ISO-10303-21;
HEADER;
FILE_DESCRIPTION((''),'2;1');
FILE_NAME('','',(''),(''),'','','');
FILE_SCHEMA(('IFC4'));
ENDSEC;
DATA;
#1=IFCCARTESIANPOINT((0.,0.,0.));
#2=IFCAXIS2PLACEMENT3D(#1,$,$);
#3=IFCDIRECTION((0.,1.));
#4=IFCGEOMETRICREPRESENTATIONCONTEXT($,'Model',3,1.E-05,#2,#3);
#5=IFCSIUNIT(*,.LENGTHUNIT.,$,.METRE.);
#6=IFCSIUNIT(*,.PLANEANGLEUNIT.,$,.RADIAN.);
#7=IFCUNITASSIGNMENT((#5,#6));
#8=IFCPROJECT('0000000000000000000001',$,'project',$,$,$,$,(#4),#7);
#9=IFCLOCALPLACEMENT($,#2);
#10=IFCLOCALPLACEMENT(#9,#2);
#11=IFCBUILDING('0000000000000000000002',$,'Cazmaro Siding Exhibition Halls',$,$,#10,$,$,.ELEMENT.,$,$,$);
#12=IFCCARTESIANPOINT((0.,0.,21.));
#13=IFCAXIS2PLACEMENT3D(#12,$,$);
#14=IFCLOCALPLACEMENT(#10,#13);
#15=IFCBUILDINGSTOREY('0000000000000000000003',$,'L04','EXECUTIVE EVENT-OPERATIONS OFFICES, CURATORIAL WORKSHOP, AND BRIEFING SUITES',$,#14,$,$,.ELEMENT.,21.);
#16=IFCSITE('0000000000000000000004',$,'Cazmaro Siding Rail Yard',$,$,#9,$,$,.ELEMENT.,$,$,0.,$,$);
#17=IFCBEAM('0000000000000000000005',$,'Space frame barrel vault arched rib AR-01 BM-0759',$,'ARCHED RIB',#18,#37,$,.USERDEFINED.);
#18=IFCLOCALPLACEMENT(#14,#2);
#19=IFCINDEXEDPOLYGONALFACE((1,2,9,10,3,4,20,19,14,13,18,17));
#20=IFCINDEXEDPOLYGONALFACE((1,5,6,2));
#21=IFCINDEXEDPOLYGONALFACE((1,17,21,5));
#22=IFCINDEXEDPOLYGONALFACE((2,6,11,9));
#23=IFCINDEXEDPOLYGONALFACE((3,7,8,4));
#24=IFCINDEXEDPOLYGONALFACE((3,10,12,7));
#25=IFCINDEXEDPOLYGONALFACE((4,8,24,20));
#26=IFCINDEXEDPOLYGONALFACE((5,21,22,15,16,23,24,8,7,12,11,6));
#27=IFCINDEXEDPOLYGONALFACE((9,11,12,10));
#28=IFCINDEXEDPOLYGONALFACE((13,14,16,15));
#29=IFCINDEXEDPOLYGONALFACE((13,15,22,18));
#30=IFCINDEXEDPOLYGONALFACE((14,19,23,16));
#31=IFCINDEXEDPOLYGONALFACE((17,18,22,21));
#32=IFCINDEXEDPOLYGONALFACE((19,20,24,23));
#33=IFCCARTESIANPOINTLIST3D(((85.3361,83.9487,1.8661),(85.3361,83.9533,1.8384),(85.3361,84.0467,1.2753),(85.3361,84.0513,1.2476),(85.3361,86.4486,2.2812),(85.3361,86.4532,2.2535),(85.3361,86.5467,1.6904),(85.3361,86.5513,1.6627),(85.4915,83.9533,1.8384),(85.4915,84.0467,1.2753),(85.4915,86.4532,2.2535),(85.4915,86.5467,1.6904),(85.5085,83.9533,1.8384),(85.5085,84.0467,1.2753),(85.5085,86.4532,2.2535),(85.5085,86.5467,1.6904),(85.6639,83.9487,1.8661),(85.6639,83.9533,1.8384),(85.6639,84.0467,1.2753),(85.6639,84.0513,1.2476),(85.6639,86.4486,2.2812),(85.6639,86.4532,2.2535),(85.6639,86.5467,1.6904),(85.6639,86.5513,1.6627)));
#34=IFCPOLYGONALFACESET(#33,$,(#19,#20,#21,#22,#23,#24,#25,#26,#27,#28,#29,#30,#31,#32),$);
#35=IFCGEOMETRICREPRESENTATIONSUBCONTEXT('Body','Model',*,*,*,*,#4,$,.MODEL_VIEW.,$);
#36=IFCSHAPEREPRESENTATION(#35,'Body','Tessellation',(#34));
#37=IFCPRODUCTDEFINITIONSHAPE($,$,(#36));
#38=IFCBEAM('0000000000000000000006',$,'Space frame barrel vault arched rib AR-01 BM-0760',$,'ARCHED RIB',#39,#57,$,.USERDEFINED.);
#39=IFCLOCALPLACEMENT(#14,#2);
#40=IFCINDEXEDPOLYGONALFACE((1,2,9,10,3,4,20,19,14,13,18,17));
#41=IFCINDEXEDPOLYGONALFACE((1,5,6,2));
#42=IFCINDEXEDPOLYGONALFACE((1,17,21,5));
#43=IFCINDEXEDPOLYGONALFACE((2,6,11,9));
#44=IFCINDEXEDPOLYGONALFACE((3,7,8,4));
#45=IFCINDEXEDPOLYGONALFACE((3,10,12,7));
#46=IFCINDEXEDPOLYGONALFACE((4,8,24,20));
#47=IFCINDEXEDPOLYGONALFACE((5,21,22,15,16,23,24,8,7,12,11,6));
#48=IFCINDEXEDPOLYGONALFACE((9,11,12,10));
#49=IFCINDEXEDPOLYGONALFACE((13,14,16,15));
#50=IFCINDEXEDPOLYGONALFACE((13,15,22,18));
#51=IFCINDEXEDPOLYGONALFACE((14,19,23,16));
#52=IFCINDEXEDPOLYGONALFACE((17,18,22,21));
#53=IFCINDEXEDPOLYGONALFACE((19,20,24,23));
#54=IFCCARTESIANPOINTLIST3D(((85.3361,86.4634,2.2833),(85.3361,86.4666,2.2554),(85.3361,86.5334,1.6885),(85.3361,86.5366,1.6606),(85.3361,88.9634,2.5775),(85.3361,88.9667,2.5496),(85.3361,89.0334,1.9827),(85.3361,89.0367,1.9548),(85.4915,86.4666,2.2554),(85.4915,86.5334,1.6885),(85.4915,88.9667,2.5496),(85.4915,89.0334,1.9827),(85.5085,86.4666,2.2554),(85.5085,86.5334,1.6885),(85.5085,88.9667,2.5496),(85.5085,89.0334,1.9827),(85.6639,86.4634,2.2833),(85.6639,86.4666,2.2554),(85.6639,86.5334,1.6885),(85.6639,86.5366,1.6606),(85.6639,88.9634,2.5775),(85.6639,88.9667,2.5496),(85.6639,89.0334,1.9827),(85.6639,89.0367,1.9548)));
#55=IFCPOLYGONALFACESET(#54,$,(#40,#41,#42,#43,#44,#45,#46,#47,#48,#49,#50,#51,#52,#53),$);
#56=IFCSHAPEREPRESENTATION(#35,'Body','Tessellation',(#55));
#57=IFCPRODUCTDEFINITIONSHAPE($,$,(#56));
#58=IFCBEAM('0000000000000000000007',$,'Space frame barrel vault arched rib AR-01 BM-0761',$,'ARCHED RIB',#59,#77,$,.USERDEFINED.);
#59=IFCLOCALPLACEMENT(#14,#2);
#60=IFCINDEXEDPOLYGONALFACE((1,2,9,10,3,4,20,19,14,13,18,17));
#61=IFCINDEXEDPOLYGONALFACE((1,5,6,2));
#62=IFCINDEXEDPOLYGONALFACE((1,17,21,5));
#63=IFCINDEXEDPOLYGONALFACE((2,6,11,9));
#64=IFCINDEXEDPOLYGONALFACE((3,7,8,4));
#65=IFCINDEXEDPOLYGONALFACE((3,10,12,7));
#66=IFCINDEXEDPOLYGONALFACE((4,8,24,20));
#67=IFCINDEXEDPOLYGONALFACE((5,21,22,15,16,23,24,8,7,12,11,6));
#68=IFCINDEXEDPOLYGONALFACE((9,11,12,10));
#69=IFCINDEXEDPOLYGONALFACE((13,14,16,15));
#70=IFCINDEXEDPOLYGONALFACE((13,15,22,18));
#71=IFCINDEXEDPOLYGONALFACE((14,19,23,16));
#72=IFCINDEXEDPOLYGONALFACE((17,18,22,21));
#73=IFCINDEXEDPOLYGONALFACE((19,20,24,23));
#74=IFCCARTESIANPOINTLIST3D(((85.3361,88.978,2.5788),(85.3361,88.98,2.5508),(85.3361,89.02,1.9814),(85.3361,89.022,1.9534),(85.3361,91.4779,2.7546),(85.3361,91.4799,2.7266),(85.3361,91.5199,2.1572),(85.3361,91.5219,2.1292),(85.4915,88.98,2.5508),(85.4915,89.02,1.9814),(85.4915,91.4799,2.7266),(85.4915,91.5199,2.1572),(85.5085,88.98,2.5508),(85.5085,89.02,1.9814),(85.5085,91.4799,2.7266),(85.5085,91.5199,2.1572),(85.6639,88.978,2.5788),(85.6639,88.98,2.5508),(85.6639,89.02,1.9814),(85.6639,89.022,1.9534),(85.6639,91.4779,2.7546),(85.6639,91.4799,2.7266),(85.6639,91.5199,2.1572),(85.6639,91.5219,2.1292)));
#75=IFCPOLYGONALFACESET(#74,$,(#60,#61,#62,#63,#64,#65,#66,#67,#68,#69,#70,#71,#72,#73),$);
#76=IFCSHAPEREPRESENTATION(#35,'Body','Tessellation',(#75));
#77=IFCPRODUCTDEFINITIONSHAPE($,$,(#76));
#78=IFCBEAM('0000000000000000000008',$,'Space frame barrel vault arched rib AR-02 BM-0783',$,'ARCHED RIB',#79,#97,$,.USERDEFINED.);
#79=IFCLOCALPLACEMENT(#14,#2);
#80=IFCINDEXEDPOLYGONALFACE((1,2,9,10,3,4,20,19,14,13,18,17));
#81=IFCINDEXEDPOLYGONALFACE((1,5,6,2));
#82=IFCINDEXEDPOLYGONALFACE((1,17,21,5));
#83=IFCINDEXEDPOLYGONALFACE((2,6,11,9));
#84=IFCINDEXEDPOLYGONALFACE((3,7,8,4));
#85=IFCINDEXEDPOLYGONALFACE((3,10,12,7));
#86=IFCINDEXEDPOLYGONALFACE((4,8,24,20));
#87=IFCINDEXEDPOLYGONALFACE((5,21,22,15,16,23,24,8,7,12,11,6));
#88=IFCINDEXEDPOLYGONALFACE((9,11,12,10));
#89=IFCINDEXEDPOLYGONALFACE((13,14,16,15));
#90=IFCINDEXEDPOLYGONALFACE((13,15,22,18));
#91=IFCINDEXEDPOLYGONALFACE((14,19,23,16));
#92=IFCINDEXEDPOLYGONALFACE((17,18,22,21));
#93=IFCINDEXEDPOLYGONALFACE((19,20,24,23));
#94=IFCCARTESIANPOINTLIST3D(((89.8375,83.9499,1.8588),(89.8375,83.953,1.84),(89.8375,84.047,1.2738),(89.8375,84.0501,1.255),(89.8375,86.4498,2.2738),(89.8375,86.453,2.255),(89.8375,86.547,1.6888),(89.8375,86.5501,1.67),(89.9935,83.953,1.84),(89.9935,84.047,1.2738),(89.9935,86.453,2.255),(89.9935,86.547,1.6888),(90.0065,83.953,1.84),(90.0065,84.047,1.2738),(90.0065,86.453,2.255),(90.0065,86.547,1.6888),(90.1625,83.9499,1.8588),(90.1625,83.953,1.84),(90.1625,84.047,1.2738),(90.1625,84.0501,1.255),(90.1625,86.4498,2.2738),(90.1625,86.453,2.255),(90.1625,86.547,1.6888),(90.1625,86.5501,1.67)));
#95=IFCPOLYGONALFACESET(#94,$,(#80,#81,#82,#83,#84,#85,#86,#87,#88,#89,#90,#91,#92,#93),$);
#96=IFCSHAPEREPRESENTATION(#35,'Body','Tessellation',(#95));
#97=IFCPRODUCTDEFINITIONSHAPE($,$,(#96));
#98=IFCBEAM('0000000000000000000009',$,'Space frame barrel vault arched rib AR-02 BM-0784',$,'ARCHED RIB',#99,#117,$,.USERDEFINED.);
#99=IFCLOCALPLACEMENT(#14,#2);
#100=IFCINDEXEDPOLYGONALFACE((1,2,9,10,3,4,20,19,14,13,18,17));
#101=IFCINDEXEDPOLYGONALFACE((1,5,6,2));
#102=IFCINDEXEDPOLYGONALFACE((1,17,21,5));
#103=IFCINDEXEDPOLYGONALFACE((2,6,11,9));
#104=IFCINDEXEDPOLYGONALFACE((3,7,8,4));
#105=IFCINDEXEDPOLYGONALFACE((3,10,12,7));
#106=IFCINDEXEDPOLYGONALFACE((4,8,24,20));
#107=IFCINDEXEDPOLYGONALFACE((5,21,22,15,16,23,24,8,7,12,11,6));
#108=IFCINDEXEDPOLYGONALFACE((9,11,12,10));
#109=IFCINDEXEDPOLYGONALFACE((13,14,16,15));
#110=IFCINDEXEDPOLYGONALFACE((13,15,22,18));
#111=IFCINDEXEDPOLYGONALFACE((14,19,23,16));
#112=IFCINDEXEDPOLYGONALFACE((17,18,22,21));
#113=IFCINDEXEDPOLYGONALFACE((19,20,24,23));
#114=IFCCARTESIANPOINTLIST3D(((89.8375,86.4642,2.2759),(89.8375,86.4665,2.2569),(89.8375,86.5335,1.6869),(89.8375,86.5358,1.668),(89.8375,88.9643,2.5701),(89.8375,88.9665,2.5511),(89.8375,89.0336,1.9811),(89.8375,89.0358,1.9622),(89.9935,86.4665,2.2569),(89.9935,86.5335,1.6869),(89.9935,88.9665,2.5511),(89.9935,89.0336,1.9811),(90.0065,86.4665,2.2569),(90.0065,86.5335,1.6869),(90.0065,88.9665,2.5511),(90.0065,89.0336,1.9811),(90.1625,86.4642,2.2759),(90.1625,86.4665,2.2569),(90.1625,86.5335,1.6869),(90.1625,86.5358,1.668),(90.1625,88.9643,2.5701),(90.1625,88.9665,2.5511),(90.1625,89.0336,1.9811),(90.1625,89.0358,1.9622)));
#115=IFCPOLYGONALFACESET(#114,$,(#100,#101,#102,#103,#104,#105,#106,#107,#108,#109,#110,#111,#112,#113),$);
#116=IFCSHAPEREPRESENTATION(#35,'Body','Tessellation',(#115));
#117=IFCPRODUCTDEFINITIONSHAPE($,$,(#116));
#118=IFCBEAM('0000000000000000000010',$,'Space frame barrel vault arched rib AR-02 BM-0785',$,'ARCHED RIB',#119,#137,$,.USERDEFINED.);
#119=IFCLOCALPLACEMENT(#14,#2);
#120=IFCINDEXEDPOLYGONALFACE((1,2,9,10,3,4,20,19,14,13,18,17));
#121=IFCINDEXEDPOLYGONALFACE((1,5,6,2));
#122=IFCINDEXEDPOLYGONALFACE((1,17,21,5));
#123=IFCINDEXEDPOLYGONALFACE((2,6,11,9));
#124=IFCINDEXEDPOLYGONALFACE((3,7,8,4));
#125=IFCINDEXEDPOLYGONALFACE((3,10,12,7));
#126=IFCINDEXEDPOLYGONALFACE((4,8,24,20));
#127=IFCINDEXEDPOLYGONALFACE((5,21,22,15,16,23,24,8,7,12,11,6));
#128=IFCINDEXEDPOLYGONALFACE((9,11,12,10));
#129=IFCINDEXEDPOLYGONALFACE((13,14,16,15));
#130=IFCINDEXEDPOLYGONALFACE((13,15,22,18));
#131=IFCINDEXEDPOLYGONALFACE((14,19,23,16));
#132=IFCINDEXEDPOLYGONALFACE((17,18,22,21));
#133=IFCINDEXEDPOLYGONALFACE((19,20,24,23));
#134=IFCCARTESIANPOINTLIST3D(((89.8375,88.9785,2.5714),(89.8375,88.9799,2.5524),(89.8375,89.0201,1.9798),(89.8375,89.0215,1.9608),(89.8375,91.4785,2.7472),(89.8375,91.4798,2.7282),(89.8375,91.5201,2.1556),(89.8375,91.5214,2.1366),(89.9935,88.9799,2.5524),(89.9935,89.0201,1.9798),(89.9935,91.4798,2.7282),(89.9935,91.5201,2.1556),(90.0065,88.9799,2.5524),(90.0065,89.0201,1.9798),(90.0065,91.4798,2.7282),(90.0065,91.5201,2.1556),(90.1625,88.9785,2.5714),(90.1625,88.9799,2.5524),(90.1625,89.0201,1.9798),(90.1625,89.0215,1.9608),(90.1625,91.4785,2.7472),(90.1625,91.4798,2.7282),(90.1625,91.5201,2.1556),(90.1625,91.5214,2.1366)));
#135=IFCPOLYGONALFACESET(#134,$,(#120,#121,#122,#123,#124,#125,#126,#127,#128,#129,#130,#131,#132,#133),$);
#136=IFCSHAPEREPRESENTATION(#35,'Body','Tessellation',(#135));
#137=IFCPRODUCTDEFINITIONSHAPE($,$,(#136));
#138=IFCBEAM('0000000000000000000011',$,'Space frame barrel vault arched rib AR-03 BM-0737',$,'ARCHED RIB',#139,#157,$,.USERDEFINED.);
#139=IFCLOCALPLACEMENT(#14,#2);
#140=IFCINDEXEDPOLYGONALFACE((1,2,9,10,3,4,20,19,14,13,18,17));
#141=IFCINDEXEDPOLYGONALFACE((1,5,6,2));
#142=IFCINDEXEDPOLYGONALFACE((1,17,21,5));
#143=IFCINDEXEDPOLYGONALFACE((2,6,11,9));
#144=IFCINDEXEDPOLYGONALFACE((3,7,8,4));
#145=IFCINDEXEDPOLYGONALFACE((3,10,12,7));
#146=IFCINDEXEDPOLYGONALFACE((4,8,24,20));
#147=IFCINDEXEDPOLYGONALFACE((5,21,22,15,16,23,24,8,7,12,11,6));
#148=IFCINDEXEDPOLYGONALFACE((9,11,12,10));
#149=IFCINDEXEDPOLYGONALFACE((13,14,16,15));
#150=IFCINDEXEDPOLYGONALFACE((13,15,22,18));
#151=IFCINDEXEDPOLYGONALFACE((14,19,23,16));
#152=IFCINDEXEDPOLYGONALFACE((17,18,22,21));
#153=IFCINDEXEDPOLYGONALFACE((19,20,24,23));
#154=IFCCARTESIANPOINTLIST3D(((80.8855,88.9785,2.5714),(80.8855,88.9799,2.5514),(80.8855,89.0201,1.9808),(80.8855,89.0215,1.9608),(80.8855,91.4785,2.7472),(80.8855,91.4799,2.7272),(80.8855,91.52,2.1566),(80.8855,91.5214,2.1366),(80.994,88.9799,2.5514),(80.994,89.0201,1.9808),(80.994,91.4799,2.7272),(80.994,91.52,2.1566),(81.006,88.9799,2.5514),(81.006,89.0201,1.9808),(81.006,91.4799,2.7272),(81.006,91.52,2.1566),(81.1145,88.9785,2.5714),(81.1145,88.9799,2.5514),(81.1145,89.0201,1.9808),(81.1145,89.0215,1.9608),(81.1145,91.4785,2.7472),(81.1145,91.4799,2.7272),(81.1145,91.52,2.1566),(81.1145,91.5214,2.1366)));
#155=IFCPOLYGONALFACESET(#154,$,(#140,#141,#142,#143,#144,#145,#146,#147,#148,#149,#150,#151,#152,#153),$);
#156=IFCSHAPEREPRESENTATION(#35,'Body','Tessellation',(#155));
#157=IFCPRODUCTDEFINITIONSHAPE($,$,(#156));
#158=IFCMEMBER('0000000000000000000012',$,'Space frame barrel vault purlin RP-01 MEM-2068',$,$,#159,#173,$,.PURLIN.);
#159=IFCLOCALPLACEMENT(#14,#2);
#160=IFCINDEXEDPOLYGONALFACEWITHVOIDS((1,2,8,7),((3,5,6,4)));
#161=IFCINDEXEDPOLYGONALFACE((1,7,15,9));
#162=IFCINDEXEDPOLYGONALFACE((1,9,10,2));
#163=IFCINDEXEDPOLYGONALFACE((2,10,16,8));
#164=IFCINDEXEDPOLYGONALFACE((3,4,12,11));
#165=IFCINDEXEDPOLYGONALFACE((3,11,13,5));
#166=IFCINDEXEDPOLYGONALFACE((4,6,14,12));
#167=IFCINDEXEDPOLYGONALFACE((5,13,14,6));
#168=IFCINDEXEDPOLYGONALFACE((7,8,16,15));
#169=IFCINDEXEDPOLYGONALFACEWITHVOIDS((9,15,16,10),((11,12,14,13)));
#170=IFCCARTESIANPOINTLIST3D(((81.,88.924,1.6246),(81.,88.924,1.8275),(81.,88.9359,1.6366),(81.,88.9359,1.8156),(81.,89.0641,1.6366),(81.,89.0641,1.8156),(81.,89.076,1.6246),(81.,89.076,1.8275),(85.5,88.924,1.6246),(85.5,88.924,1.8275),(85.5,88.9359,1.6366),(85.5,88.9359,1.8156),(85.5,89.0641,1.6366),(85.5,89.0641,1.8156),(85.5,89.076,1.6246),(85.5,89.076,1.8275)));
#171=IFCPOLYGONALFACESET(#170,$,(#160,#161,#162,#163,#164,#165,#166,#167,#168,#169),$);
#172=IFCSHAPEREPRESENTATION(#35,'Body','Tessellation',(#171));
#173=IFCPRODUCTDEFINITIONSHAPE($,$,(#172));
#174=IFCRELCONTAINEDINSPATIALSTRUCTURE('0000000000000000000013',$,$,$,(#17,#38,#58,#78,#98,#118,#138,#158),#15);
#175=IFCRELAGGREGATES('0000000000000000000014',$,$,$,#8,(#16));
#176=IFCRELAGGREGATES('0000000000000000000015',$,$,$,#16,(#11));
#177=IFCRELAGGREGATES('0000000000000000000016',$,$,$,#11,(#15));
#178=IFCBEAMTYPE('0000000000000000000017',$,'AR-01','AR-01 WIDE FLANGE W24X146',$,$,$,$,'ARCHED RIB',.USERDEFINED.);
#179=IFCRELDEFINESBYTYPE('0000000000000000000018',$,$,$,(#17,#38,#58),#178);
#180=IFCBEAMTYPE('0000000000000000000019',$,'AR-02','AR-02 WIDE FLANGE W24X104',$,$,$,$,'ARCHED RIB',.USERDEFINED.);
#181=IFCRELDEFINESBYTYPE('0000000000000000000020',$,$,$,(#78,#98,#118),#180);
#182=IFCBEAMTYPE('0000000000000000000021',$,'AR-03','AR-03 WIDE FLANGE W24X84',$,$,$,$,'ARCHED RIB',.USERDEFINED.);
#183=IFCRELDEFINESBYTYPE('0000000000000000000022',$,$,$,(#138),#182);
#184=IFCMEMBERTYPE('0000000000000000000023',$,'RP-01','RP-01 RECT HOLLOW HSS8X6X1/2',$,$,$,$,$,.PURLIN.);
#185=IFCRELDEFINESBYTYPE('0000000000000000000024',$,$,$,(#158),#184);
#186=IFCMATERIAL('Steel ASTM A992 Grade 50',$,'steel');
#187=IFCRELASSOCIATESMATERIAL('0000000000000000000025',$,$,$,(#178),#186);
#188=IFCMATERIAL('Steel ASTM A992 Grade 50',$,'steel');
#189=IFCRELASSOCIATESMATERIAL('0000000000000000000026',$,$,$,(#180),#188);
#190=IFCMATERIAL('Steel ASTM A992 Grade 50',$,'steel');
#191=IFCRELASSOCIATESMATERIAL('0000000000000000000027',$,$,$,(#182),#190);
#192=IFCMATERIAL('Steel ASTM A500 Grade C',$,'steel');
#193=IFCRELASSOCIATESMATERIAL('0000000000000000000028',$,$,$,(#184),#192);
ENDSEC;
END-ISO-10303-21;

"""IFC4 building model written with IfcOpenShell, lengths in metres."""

from ifc_helpers import new_model, si_unit, direction, frame, origin, origin_2d, place, context, subcontext, project, spatial, hollow_rectangle, i_section, extrude, material, material_profile, profile_set, type_object, element, save


model = new_model("IFC4")

# Units and contexts
model_context = context("Model", 3, precision=1e-05, world=origin(), true_north=direction((0.0, 1.0)))
body_context = subcontext(model_context, "Body", "Model", "MODEL_VIEW")
ifc_project = project(units=[si_unit("LENGTHUNIT", "METRE"), si_unit("PLANEANGLEUNIT", "RADIAN")], contexts=[model_context])

# Site, building, storey
site_placement = place(None, origin())
site = spatial("IfcSite", under=ifc_project, at=site_placement, Name="Cazmaro Siding Rail Yard", CompositionType="ELEMENT", RefElevation=0.0)
building_placement = place(site_placement, origin())
building = spatial("IfcBuilding", under=site, at=building_placement, Name="Cazmaro Siding Exhibition Halls", CompositionType="ELEMENT")
storey_placement = place(building_placement, frame((0.0, 0.0, 21.0)))
storey = spatial("IfcBuildingStorey", under=building, at=storey_placement, Name="L04", Description="EXECUTIVE EVENT-OPERATIONS OFFICES, CURATORIAL WORKSHOP, AND BRIEFING SUITES", CompositionType="ELEMENT", Elevation=21.0)

# Beams
ifc_material_1 = material(Name="Steel ASTM A992 Grade 50", Category="steel")
ifc_material_profile_1 = material_profile(ifc_material_1, i_section(OverallWidth=0.3279, OverallDepth=0.627, WebThickness=0.0171, FlangeThickness=0.0281, at=origin_2d()), Name="W24X146")
ifc_profile_set_1 = profile_set([ifc_material_profile_1], Name="Steel ASTM A992 Grade 50")
beam_type_1 = type_object("IfcBeamType", Name="AR-01", Description="AR-01 WIDE FLANGE W24X146", ElementType="ARCHED RIB", PredefinedType="USERDEFINED", material=ifc_profile_set_1)
beam_1_placement = place(storey_placement, frame((85.5, 84.0, 1.5569), z_axis=(0.0, 0.986498, 0.163774), x_axis=(-1.0, 0.0, 0.0)))
element("IfcBeam", 1, at=beam_1_placement, inside=storey, type_object=beam_type_1, Name="Space frame barrel vault arched rib AR-01 BM-0759", ObjectType="ARCHED RIB", PredefinedType="USERDEFINED", context=body_context, shape_type="SweptSolid", body=[
    extrude(i_section(OverallWidth=0.3279, OverallDepth=0.627, WebThickness=0.0171, FlangeThickness=0.0281, at=origin_2d()), origin(), (0.0, 0.0, 1.0), 2.5342),
])
beam_2_placement = place(storey_placement, frame((85.5, 86.5, 1.9719), z_axis=(0.0, 0.993147, 0.116869), x_axis=(-1.0, 0.0, 0.0)))
element("IfcBeam", 2, at=beam_2_placement, inside=storey, type_object=beam_type_1, Name="Space frame barrel vault arched rib AR-01 BM-0760", ObjectType="ARCHED RIB", PredefinedType="USERDEFINED", context=body_context, shape_type="SweptSolid", body=[
    extrude(i_section(OverallWidth=0.3279, OverallDepth=0.627, WebThickness=0.0171, FlangeThickness=0.0281, at=origin_2d()), origin(), (0.0, 0.0, 1.0), 2.5173),
])
beam_3_placement = place(storey_placement, frame((85.5, 89.0, 2.2661), z_axis=(0.0, 0.997537, 0.070139), x_axis=(-1.0, 0.0, 0.0)))
element("IfcBeam", 3, at=beam_3_placement, inside=storey, type_object=beam_type_1, Name="Space frame barrel vault arched rib AR-01 BM-0761", ObjectType="ARCHED RIB", PredefinedType="USERDEFINED", context=body_context, shape_type="SweptSolid", body=[
    extrude(i_section(OverallWidth=0.3279, OverallDepth=0.627, WebThickness=0.0171, FlangeThickness=0.0281, at=origin_2d()), origin(), (0.0, 0.0, 1.0), 2.5061),
])
ifc_material_2 = material(Name="Steel ASTM A992 Grade 50", Category="steel")
ifc_material_profile_2 = material_profile(ifc_material_2, i_section(OverallWidth=0.325, OverallDepth=0.6121, WebThickness=0.0129, FlangeThickness=0.019, at=origin_2d()), Name="W24X104")
ifc_profile_set_2 = profile_set([ifc_material_profile_2], Name="Steel ASTM A992 Grade 50")
beam_type_2 = type_object("IfcBeamType", Name="AR-02", Description="AR-02 WIDE FLANGE W24X104", ElementType="ARCHED RIB", PredefinedType="USERDEFINED", material=ifc_profile_set_2)
beam_4_placement = place(storey_placement, frame((90.0, 84.0, 1.5569), z_axis=(0.0, 0.986498, 0.163774), x_axis=(-1.0, 0.0, 0.0)))
element("IfcBeam", 4, at=beam_4_placement, inside=storey, type_object=beam_type_2, Name="Space frame barrel vault arched rib AR-02 BM-0783", ObjectType="ARCHED RIB", PredefinedType="USERDEFINED", context=body_context, shape_type="SweptSolid", body=[
    extrude(i_section(OverallWidth=0.325, OverallDepth=0.6121, WebThickness=0.0129, FlangeThickness=0.019, at=origin_2d()), origin(), (0.0, 0.0, 1.0), 2.5342),
])
beam_5_placement = place(storey_placement, frame((90.0, 86.5, 1.9719), z_axis=(0.0, 0.993147, 0.116869), x_axis=(-1.0, 0.0, 0.0)))
element("IfcBeam", 5, at=beam_5_placement, inside=storey, type_object=beam_type_2, Name="Space frame barrel vault arched rib AR-02 BM-0784", ObjectType="ARCHED RIB", PredefinedType="USERDEFINED", context=body_context, shape_type="SweptSolid", body=[
    extrude(i_section(OverallWidth=0.325, OverallDepth=0.6121, WebThickness=0.0129, FlangeThickness=0.019, at=origin_2d()), origin(), (0.0, 0.0, 1.0), 2.5173),
])
beam_6_placement = place(storey_placement, frame((90.0, 89.0, 2.2661), z_axis=(0.0, 0.997537, 0.070139), x_axis=(-1.0, 0.0, 0.0)))
element("IfcBeam", 6, at=beam_6_placement, inside=storey, type_object=beam_type_2, Name="Space frame barrel vault arched rib AR-02 BM-0785", ObjectType="ARCHED RIB", PredefinedType="USERDEFINED", context=body_context, shape_type="SweptSolid", body=[
    extrude(i_section(OverallWidth=0.325, OverallDepth=0.6121, WebThickness=0.0129, FlangeThickness=0.019, at=origin_2d()), origin(), (0.0, 0.0, 1.0), 2.5061),
])
ifc_material_3 = material(Name="Steel ASTM A992 Grade 50", Category="steel")
ifc_material_profile_3 = material_profile(ifc_material_3, i_section(OverallWidth=0.229, OverallDepth=0.6121, WebThickness=0.012, FlangeThickness=0.02, at=origin_2d()), Name="W24X84")
ifc_profile_set_3 = profile_set([ifc_material_profile_3], Name="Steel ASTM A992 Grade 50")
beam_type_3 = type_object("IfcBeamType", Name="AR-03", Description="AR-03 WIDE FLANGE W24X84", ElementType="ARCHED RIB", PredefinedType="USERDEFINED", material=ifc_profile_set_3)
beam_7_placement = place(storey_placement, frame((81.0, 89.0, 2.2661), z_axis=(0.0, 0.997537, 0.070139), x_axis=(-1.0, 0.0, 0.0)))
element("IfcBeam", 7, at=beam_7_placement, inside=storey, type_object=beam_type_3, Name="Space frame barrel vault arched rib AR-03 BM-0737", ObjectType="ARCHED RIB", PredefinedType="USERDEFINED", context=body_context, shape_type="SweptSolid", body=[
    extrude(i_section(OverallWidth=0.229, OverallDepth=0.6121, WebThickness=0.012, FlangeThickness=0.02, at=origin_2d()), origin(), (0.0, 0.0, 1.0), 2.5061),
])

# Member
ifc_material_4 = material(Name="Steel ASTM A500 Grade C", Category="steel")
ifc_material_profile_4 = material_profile(ifc_material_4, hollow_rectangle(XDim=0.1521, YDim=0.2029, WallThickness=0.012, at=origin_2d()), Name="HSS8X6X1/2")
ifc_profile_set_4 = profile_set([ifc_material_profile_4], Name="Steel ASTM A500 Grade C")
member_type_1 = type_object("IfcMemberType", Name="RP-01", Description="RP-01 RECT HOLLOW HSS8X6X1/2", PredefinedType="PURLIN", material=ifc_profile_set_4)
for number, where, z_axis, x_axis, name in (
    (8, (81.0, 89.0, 1.7261), (1.0, 0.0, 0.0), (0.0, 1.0, 0.0), "Space frame barrel vault purlin RP-01 MEM-2068"),
):
    element("IfcMember", number, at=place(storey_placement, frame(where, z_axis=z_axis, x_axis=x_axis)), inside=storey, type_object=member_type_1, Name=name, PredefinedType="PURLIN", context=body_context, shape_type="SweptSolid", body=[
        extrude(hollow_rectangle(XDim=0.1521, YDim=0.2029, WallThickness=0.012, at=origin_2d()), origin(), (0.0, 0.0, 1.0), 4.5),
    ])

save(model, "model.ifc")
